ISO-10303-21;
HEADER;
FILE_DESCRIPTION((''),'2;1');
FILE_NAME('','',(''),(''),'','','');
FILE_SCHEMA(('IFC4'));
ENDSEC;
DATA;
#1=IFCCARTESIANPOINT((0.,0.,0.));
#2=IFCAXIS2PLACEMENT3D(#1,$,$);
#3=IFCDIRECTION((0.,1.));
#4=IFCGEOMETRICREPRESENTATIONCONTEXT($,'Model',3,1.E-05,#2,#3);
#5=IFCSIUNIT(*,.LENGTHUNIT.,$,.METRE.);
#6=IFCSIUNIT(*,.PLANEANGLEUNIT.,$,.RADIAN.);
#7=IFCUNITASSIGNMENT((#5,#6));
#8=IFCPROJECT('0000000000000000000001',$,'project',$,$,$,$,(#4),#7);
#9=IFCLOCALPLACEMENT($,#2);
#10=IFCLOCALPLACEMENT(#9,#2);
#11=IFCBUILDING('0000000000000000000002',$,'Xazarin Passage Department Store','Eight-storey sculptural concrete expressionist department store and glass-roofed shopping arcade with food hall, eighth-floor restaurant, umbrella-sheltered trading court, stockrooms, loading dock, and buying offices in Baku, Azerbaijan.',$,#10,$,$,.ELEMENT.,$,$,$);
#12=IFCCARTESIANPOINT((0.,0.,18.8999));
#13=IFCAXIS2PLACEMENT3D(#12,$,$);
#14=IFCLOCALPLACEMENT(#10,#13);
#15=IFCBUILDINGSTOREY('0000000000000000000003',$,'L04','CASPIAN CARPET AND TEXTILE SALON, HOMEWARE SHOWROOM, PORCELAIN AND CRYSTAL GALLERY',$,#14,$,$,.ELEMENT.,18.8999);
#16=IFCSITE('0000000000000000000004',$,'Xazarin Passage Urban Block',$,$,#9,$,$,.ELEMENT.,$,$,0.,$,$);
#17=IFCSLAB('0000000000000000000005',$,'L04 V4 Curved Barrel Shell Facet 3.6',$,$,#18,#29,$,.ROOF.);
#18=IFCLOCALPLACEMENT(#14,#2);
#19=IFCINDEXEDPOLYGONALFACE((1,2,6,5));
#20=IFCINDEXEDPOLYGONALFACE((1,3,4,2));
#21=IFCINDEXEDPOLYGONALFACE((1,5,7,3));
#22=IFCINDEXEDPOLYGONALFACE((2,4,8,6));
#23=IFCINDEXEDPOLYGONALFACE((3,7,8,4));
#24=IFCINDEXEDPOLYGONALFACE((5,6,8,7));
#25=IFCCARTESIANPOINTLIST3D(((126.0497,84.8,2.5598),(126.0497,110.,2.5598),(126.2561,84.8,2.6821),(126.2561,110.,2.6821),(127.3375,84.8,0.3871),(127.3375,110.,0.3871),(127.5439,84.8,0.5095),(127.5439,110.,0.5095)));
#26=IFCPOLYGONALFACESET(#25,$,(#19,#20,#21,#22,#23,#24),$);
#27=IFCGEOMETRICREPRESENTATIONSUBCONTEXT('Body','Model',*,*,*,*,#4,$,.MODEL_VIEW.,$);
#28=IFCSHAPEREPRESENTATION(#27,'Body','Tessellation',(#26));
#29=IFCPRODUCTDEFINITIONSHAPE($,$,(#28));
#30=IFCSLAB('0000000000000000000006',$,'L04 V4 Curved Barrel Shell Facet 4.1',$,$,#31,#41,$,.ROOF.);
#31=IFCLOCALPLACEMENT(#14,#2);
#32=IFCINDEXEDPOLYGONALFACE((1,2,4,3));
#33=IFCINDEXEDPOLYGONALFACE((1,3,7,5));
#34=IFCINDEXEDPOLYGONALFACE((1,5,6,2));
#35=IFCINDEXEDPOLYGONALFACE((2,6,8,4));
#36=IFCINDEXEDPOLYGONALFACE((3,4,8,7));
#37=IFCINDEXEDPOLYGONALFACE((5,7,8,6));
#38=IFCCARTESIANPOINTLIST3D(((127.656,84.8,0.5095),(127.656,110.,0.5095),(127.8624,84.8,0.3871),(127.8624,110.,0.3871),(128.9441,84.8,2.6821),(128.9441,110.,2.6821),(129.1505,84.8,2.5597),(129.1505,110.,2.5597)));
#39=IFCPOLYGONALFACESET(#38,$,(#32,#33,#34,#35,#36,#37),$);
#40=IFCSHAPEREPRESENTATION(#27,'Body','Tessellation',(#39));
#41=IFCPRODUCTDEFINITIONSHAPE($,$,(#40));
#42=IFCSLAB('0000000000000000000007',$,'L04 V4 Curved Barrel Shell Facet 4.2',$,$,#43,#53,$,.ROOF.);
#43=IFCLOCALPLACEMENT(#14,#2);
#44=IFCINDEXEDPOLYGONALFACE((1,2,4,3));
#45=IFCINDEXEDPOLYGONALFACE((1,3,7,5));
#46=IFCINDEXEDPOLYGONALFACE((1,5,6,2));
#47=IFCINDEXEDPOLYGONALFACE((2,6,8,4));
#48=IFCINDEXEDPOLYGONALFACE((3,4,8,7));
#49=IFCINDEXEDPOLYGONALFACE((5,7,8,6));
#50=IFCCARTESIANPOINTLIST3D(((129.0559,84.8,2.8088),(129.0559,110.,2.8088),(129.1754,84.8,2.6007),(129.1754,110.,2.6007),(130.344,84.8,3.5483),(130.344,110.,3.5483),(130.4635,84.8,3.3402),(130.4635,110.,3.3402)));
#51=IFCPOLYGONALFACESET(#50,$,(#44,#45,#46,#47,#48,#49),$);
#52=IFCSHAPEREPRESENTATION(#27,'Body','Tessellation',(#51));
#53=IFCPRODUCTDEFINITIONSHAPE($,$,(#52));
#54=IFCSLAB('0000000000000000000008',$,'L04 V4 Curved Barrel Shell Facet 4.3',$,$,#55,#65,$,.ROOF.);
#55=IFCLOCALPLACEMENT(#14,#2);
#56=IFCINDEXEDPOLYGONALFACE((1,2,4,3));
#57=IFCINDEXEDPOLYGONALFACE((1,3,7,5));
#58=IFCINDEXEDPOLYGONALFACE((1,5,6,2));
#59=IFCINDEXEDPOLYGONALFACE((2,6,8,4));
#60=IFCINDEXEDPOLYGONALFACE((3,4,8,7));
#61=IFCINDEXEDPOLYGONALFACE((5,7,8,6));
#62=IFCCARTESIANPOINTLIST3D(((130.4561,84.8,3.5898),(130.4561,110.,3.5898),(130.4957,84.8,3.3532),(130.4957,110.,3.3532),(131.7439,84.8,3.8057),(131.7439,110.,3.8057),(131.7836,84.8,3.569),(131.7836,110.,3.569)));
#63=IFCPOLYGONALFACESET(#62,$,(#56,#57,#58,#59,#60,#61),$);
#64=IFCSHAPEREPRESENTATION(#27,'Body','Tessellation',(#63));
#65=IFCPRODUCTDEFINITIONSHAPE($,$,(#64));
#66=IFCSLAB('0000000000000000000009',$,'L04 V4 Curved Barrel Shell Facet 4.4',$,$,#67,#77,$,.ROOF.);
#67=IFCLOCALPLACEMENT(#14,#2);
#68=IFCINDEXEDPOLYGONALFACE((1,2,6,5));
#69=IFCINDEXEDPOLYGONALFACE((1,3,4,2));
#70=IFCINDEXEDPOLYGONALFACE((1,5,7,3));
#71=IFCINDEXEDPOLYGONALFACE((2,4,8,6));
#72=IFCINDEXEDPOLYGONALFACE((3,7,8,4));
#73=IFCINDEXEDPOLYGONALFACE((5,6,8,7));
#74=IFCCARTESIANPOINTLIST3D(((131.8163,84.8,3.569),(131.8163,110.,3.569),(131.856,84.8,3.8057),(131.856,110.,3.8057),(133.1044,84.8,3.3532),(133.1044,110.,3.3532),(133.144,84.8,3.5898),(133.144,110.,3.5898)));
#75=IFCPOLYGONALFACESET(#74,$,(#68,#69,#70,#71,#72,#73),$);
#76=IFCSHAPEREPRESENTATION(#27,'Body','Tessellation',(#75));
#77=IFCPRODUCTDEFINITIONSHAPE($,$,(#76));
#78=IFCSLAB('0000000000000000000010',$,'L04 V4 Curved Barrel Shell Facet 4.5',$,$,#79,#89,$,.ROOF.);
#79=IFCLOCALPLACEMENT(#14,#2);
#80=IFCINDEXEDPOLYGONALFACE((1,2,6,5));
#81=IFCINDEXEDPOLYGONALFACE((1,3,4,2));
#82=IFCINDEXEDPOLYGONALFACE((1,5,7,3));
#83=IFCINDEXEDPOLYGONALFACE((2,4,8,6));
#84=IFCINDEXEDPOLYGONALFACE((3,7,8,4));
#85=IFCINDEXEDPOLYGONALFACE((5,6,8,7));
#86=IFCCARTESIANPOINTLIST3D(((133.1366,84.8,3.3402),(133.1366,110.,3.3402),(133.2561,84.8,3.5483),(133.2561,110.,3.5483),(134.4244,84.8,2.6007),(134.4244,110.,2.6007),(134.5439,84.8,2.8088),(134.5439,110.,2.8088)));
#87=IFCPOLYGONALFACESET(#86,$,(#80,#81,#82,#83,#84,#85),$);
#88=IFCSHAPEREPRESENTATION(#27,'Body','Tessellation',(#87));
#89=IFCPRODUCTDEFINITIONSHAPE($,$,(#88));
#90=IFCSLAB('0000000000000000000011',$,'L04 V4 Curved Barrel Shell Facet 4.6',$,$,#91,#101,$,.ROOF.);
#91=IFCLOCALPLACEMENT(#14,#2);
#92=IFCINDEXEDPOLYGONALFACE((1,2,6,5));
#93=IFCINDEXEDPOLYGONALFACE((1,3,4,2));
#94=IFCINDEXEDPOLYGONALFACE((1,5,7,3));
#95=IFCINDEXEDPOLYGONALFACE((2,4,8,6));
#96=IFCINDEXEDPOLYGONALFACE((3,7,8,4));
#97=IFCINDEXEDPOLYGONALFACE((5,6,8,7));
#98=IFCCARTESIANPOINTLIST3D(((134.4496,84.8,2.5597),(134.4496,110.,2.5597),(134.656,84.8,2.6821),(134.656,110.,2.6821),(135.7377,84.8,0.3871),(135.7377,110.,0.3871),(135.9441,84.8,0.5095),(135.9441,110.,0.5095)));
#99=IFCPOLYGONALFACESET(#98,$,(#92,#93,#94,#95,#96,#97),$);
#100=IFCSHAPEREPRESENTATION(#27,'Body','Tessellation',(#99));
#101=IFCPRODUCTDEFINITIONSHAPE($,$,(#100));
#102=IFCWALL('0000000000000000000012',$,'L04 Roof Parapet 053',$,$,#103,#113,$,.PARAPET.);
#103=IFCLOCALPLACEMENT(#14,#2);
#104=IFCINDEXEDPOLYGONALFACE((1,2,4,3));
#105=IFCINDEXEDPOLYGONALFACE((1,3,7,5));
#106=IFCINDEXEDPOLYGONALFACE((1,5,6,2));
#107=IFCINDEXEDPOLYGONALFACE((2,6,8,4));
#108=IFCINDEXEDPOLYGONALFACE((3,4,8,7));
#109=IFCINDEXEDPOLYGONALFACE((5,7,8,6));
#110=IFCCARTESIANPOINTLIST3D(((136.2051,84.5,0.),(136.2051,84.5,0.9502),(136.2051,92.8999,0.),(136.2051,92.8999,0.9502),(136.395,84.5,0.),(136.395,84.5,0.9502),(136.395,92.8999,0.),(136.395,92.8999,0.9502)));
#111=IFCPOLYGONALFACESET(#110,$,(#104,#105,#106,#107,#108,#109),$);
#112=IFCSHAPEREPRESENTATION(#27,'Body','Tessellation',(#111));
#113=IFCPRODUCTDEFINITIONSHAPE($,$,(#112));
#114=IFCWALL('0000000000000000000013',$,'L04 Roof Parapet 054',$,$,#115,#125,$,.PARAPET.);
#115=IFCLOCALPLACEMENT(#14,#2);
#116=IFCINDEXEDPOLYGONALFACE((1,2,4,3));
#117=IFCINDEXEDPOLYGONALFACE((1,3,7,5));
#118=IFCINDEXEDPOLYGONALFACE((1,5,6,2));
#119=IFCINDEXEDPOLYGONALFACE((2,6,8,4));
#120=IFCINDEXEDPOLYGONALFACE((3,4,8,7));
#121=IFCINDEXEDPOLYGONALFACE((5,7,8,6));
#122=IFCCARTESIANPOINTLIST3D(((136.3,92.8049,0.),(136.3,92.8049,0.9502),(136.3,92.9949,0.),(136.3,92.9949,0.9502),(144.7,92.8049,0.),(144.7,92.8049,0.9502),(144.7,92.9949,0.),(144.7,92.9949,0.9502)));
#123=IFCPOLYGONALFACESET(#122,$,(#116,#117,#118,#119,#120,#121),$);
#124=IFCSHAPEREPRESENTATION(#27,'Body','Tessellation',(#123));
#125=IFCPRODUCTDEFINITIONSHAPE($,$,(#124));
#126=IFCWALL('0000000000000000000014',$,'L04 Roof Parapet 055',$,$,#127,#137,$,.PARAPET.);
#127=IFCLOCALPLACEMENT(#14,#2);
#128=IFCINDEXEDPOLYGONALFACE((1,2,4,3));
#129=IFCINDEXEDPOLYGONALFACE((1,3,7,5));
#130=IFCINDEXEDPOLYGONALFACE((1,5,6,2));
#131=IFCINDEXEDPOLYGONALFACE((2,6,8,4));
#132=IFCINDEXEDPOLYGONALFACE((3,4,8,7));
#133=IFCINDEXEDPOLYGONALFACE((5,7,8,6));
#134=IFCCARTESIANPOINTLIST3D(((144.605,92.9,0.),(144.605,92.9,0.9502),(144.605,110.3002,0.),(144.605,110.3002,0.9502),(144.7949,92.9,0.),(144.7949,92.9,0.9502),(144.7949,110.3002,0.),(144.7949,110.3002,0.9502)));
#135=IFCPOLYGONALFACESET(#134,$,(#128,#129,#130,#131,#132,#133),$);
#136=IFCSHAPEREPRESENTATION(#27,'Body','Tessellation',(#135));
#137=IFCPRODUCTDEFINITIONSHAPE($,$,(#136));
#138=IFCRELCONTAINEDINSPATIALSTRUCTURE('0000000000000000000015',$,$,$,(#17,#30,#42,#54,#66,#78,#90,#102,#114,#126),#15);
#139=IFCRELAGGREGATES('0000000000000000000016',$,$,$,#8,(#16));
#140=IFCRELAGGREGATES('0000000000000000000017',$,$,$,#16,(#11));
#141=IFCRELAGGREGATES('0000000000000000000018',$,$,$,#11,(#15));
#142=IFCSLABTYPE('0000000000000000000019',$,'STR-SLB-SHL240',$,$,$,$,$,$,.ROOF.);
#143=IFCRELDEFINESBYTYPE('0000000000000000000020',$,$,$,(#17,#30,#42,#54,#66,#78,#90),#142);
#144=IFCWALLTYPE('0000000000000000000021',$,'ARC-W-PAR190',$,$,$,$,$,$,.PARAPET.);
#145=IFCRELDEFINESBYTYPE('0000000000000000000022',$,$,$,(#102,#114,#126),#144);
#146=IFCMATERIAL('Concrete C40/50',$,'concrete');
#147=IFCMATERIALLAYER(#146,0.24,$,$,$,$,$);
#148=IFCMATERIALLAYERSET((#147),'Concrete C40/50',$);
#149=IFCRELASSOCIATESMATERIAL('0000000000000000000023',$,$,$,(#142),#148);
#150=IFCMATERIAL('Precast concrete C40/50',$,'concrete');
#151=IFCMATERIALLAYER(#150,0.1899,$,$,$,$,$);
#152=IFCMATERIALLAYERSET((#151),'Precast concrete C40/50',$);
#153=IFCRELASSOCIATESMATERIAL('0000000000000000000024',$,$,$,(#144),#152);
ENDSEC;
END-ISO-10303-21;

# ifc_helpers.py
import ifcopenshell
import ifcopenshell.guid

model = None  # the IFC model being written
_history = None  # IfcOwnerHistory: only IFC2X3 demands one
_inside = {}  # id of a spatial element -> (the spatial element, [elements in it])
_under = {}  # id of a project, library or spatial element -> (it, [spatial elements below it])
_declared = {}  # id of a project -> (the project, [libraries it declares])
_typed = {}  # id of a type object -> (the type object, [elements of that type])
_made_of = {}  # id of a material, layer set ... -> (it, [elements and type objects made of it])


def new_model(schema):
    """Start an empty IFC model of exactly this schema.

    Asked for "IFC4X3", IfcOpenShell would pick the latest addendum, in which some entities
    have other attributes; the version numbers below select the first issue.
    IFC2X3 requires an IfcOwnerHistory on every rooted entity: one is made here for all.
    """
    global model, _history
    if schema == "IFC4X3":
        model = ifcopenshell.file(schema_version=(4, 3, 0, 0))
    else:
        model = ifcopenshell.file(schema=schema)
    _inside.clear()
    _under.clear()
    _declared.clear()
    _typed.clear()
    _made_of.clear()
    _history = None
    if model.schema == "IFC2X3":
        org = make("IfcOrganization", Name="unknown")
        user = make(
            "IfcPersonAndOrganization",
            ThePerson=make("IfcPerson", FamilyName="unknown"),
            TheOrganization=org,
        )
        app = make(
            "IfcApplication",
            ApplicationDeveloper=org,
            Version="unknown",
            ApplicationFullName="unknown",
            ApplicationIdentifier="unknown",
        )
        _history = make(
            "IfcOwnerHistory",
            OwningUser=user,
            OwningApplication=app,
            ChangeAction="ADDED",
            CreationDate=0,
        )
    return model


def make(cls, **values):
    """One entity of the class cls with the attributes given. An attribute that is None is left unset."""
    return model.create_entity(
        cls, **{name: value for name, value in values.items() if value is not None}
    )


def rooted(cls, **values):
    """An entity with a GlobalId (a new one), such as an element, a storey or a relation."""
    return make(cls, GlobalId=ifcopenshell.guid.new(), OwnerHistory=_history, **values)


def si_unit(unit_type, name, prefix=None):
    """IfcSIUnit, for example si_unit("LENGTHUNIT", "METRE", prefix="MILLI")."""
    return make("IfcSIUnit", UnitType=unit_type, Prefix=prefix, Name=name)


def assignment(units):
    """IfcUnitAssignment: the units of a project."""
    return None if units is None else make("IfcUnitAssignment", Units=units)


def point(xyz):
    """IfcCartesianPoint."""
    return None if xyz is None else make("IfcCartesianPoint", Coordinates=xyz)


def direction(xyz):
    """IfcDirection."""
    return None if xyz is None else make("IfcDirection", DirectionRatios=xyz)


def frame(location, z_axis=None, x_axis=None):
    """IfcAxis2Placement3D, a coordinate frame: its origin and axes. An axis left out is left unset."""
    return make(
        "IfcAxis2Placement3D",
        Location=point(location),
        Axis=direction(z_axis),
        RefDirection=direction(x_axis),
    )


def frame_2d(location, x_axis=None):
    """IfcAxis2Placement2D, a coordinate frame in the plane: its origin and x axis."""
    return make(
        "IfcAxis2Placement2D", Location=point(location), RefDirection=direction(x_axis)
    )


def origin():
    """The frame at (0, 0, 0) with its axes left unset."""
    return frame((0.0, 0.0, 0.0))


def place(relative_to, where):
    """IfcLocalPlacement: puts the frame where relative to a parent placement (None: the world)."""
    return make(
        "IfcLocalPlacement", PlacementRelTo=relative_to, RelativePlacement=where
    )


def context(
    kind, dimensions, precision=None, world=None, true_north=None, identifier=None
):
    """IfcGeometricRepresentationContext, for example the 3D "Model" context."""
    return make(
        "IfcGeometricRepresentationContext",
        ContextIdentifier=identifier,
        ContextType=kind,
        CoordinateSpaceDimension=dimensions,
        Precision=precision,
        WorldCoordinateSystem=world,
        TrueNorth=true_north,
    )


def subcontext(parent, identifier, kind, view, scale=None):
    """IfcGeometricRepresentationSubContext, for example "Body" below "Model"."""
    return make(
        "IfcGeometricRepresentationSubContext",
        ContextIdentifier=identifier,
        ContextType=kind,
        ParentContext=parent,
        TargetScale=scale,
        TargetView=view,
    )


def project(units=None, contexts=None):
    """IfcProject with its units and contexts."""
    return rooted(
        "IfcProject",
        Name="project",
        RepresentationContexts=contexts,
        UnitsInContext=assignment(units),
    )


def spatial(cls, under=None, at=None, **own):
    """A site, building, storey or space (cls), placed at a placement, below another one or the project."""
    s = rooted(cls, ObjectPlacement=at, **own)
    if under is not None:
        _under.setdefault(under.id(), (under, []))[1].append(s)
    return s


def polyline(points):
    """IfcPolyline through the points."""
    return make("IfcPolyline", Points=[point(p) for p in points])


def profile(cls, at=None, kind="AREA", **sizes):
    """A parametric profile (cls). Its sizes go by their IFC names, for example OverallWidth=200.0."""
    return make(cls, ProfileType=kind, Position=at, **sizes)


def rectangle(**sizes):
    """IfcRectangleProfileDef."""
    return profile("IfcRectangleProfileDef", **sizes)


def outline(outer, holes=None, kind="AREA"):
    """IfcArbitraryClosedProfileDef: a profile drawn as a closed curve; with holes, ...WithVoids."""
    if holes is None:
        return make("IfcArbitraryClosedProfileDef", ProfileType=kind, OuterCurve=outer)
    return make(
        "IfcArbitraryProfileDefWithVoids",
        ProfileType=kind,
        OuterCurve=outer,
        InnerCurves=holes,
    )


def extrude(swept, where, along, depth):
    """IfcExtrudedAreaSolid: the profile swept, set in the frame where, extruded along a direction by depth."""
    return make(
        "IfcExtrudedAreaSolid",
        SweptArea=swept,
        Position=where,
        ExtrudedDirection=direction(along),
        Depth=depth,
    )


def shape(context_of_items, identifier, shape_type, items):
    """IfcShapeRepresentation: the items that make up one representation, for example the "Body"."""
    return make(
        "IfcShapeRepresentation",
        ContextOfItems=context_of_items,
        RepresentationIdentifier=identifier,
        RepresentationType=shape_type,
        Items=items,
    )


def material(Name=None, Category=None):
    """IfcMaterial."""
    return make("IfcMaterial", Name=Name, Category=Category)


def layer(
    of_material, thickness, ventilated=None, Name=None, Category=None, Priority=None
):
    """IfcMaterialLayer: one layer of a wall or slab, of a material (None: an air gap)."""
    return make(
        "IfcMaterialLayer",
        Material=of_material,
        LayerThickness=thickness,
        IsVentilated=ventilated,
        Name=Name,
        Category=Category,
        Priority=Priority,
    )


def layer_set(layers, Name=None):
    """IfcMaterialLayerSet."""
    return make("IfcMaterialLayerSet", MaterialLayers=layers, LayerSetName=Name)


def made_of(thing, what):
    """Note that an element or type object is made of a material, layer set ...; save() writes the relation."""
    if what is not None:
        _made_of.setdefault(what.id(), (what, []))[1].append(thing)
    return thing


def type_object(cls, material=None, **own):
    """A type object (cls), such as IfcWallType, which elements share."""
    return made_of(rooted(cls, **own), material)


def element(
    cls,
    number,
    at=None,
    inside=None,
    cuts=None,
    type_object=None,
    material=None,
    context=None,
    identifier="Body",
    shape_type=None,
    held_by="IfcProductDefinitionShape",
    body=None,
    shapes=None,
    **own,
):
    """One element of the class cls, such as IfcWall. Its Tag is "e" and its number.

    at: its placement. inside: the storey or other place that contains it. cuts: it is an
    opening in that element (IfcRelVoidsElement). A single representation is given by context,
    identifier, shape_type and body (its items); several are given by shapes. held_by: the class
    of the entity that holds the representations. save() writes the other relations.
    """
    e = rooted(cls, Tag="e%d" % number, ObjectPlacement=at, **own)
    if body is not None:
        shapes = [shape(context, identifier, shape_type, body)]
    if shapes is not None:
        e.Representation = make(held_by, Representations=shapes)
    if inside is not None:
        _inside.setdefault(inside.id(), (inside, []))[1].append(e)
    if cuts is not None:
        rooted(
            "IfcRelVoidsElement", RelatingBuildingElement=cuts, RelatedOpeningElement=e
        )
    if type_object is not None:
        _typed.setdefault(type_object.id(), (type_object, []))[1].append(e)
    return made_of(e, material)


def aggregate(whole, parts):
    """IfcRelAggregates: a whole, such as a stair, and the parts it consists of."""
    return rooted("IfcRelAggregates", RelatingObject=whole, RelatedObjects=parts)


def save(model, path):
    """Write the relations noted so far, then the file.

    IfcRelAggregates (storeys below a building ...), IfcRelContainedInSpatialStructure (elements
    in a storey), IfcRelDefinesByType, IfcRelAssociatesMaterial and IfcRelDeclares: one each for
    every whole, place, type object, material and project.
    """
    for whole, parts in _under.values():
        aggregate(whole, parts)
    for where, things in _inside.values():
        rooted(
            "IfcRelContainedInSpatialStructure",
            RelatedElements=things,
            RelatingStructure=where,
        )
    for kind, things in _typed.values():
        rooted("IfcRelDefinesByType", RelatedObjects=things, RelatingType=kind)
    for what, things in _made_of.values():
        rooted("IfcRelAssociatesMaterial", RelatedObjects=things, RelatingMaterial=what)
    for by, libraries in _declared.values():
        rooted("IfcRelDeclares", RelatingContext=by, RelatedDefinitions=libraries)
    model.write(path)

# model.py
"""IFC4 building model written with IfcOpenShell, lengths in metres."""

from ifc_helpers import new_model, si_unit, direction, frame, frame_2d, origin, place, context, subcontext, project, spatial, polyline, rectangle, outline, extrude, material, layer, layer_set, type_object, element, save


model = new_model("IFC4")

# Units and contexts
model_context = context("Model", 3, precision=1e-05, world=origin(), true_north=direction((0.0, 1.0)))
body_context = subcontext(model_context, "Body", "Model", "MODEL_VIEW")
ifc_project = project(units=[si_unit("LENGTHUNIT", "METRE"), si_unit("PLANEANGLEUNIT", "RADIAN")], contexts=[model_context])

# Site, building, storey
site_placement = place(None, origin())
site = spatial("IfcSite", under=ifc_project, at=site_placement, Name="Xazarin Passage Urban Block", CompositionType="ELEMENT", RefElevation=0.0)
building_placement = place(site_placement, origin())
building = spatial("IfcBuilding", under=site, at=building_placement, Name="Xazarin Passage Department Store", Description="Eight-storey sculptural concrete expressionist department store and glass-roofed shopping arcade with food hall, eighth-floor restaurant, umbrella-sheltered trading court, stockrooms, loading dock, and buying offices in Baku, Azerbaijan.", CompositionType="ELEMENT")
storey_placement = place(building_placement, frame((0.0, 0.0, 18.8999)))
storey = spatial("IfcBuildingStorey", under=building, at=storey_placement, Name="L04", Description="CASPIAN CARPET AND TEXTILE SALON, HOMEWARE SHOWROOM, PORCELAIN AND CRYSTAL GALLERY", CompositionType="ELEMENT", Elevation=18.8999)

# Slabs
ifc_material_1 = material(Name="Concrete C40/50", Category="concrete")
ifc_layer_1 = layer(ifc_material_1, 0.24)
ifc_layer_set_1 = layer_set([ifc_layer_1], Name="Concrete C40/50")
slab_type = type_object("IfcSlabType", Name="STR-SLB-SHL240", PredefinedType="ROOF", material=ifc_layer_set_1)
slab_1_placement = place(storey_placement, frame((126.2561, 84.8, 2.6821), z_axis=(0.860227, 0.0, 0.509911), x_axis=(0.509911, 0.0, -0.860227)))
element("IfcSlab", 1, at=slab_1_placement, inside=storey, type_object=slab_type, Name="L04 V4 Curved Barrel Shell Facet 3.6", PredefinedType="ROOF", context=body_context, shape_type="SweptSolid", body=[
    extrude(outline(polyline([(0.0, 0.0), (2.5256, 0.0), (2.5256, 25.2), (0.0, 25.2), (0.0, 0.0)])), origin(), (0.0, 0.0, -1.0), 0.24),
])
slab_2_placement = place(storey_placement, frame((127.656, 84.8, 0.5095), z_axis=(-0.860185, 0.0, 0.509983), x_axis=(0.509983, 0.0, 0.860185)))
element("IfcSlab", 2, at=slab_2_placement, inside=storey, type_object=slab_type, Name="L04 V4 Curved Barrel Shell Facet 4.1", PredefinedType="ROOF", context=body_context, shape_type="SweptSolid", body=[
    extrude(outline(polyline([(0.0, 0.0), (2.5257, 0.0), (2.5257, 25.2), (0.0, 25.2), (0.0, 0.0)])), origin(), (0.0, 0.0, -1.0), 0.24),
])
slab_3_placement = place(storey_placement, frame((129.0559, 84.8, 2.8088), z_axis=(-0.49789, 0.0, 0.86724), x_axis=(0.86724, 0.0, 0.49789)))
element("IfcSlab", 3, at=slab_3_placement, inside=storey, type_object=slab_type, Name="L04 V4 Curved Barrel Shell Facet 4.2", PredefinedType="ROOF", context=body_context, shape_type="SweptSolid", body=[
    extrude(outline(polyline([(0.0, 0.0), (1.4853, 0.0), (1.4853, 25.2), (0.0, 25.2), (0.0, 0.0)])), origin(), (0.0, 0.0, -1.0), 0.24),
])
slab_4_placement = place(storey_placement, frame((130.4561, 84.8, 3.5898), z_axis=(-0.165278, 0.0, 0.986247), x_axis=(0.986247, 0.0, 0.165278)))
element("IfcSlab", 4, at=slab_4_placement, inside=storey, type_object=slab_type, Name="L04 V4 Curved Barrel Shell Facet 4.3", PredefinedType="ROOF", context=body_context, shape_type="SweptSolid", body=[
    extrude(outline(polyline([(0.0, 0.0), (1.3058, 0.0), (1.3058, 25.2), (0.0, 25.2), (0.0, 0.0)])), origin(), (0.0, 0.0, -1.0), 0.24),
])
slab_5_placement = place(storey_placement, frame((131.856, 84.8, 3.8057), z_axis=(0.165248, 0.0, 0.986252), x_axis=(0.986252, 0.0, -0.165248)))
element("IfcSlab", 5, at=slab_5_placement, inside=storey, type_object=slab_type, Name="L04 V4 Curved Barrel Shell Facet 4.4", PredefinedType="ROOF", context=body_context, shape_type="SweptSolid", body=[
    extrude(outline(polyline([(0.0, 0.0), (1.306, 0.0), (1.306, 25.2), (0.0, 25.2), (0.0, 0.0)])), origin(), (0.0, 0.0, -1.0), 0.24),
])
slab_6_placement = place(storey_placement, frame((133.2561, 84.8, 3.5483), z_axis=(0.497961, 0.0, 0.867199), x_axis=(0.867199, 0.0, -0.497961)))
element("IfcSlab", 6, at=slab_6_placement, inside=storey, type_object=slab_type, Name="L04 V4 Curved Barrel Shell Facet 4.5", PredefinedType="ROOF", context=body_context, shape_type="SweptSolid", body=[
    extrude(outline(polyline([(0.0, 0.0), (1.4851, 0.0), (1.4851, 25.2), (0.0, 25.2), (0.0, 0.0)])), origin(), (0.0, 0.0, -1.0), 0.24),
])
slab_7_placement = place(storey_placement, frame((134.656, 84.8, 2.6821), z_axis=(0.860185, 0.0, 0.509983), x_axis=(0.509983, 0.0, -0.860185)))
element("IfcSlab", 7, at=slab_7_placement, inside=storey, type_object=slab_type, Name="L04 V4 Curved Barrel Shell Facet 4.6", PredefinedType="ROOF", context=body_context, shape_type="SweptSolid", body=[
    extrude(outline(polyline([(0.0, 0.0), (2.5257, 0.0), (2.5257, 25.2), (0.0, 25.2), (0.0, 0.0)])), origin(), (0.0, 0.0, -1.0), 0.24),
])

# Walls
ifc_material_2 = material(Name="Precast concrete C40/50", Category="concrete")
ifc_layer_2 = layer(ifc_material_2, 0.1899)
ifc_layer_set_2 = layer_set([ifc_layer_2], Name="Precast concrete C40/50")
wall_type = type_object("IfcWallType", Name="ARC-W-PAR190", PredefinedType="PARAPET", material=ifc_layer_set_2)
for number, where, z_axis, x_axis, name in (
    (8, (136.3, 84.5, 0.0), (0.0, 0.0, 1.0), (0.0, 1.0, 0.0), "L04 Roof Parapet 053"),
    (9, (136.3, 92.8999, 0.0), (0.0, 0.0, 1.0), (1.0, 0.0, 0.0), "L04 Roof Parapet 054"),
):
    element("IfcWall", number, at=place(storey_placement, frame(where, z_axis=z_axis, x_axis=x_axis)), inside=storey, type_object=wall_type, Name=name, PredefinedType="PARAPET", context=body_context, shape_type="SweptSolid", body=[
        extrude(rectangle(XDim=8.3999, YDim=0.1899, at=frame_2d((4.2, 0.0))), origin(), (0.0, 0.0, 1.0), 0.9502),
    ])
wall_placement = place(storey_placement, frame((144.7, 92.8999, 0.0), z_axis=(0.0, 0.0, 1.0), x_axis=(0.0, 1.0, 0.0)))
element("IfcWall", 10, at=wall_placement, inside=storey, type_object=wall_type, Name="L04 Roof Parapet 055", PredefinedType="PARAPET", context=body_context, shape_type="SweptSolid", body=[
    extrude(rectangle(XDim=17.4001, YDim=0.1899, at=frame_2d((8.7002, 0.0))), origin(), (0.0, 0.0, 1.0), 0.9502),
])

save(model, "model.ifc")
